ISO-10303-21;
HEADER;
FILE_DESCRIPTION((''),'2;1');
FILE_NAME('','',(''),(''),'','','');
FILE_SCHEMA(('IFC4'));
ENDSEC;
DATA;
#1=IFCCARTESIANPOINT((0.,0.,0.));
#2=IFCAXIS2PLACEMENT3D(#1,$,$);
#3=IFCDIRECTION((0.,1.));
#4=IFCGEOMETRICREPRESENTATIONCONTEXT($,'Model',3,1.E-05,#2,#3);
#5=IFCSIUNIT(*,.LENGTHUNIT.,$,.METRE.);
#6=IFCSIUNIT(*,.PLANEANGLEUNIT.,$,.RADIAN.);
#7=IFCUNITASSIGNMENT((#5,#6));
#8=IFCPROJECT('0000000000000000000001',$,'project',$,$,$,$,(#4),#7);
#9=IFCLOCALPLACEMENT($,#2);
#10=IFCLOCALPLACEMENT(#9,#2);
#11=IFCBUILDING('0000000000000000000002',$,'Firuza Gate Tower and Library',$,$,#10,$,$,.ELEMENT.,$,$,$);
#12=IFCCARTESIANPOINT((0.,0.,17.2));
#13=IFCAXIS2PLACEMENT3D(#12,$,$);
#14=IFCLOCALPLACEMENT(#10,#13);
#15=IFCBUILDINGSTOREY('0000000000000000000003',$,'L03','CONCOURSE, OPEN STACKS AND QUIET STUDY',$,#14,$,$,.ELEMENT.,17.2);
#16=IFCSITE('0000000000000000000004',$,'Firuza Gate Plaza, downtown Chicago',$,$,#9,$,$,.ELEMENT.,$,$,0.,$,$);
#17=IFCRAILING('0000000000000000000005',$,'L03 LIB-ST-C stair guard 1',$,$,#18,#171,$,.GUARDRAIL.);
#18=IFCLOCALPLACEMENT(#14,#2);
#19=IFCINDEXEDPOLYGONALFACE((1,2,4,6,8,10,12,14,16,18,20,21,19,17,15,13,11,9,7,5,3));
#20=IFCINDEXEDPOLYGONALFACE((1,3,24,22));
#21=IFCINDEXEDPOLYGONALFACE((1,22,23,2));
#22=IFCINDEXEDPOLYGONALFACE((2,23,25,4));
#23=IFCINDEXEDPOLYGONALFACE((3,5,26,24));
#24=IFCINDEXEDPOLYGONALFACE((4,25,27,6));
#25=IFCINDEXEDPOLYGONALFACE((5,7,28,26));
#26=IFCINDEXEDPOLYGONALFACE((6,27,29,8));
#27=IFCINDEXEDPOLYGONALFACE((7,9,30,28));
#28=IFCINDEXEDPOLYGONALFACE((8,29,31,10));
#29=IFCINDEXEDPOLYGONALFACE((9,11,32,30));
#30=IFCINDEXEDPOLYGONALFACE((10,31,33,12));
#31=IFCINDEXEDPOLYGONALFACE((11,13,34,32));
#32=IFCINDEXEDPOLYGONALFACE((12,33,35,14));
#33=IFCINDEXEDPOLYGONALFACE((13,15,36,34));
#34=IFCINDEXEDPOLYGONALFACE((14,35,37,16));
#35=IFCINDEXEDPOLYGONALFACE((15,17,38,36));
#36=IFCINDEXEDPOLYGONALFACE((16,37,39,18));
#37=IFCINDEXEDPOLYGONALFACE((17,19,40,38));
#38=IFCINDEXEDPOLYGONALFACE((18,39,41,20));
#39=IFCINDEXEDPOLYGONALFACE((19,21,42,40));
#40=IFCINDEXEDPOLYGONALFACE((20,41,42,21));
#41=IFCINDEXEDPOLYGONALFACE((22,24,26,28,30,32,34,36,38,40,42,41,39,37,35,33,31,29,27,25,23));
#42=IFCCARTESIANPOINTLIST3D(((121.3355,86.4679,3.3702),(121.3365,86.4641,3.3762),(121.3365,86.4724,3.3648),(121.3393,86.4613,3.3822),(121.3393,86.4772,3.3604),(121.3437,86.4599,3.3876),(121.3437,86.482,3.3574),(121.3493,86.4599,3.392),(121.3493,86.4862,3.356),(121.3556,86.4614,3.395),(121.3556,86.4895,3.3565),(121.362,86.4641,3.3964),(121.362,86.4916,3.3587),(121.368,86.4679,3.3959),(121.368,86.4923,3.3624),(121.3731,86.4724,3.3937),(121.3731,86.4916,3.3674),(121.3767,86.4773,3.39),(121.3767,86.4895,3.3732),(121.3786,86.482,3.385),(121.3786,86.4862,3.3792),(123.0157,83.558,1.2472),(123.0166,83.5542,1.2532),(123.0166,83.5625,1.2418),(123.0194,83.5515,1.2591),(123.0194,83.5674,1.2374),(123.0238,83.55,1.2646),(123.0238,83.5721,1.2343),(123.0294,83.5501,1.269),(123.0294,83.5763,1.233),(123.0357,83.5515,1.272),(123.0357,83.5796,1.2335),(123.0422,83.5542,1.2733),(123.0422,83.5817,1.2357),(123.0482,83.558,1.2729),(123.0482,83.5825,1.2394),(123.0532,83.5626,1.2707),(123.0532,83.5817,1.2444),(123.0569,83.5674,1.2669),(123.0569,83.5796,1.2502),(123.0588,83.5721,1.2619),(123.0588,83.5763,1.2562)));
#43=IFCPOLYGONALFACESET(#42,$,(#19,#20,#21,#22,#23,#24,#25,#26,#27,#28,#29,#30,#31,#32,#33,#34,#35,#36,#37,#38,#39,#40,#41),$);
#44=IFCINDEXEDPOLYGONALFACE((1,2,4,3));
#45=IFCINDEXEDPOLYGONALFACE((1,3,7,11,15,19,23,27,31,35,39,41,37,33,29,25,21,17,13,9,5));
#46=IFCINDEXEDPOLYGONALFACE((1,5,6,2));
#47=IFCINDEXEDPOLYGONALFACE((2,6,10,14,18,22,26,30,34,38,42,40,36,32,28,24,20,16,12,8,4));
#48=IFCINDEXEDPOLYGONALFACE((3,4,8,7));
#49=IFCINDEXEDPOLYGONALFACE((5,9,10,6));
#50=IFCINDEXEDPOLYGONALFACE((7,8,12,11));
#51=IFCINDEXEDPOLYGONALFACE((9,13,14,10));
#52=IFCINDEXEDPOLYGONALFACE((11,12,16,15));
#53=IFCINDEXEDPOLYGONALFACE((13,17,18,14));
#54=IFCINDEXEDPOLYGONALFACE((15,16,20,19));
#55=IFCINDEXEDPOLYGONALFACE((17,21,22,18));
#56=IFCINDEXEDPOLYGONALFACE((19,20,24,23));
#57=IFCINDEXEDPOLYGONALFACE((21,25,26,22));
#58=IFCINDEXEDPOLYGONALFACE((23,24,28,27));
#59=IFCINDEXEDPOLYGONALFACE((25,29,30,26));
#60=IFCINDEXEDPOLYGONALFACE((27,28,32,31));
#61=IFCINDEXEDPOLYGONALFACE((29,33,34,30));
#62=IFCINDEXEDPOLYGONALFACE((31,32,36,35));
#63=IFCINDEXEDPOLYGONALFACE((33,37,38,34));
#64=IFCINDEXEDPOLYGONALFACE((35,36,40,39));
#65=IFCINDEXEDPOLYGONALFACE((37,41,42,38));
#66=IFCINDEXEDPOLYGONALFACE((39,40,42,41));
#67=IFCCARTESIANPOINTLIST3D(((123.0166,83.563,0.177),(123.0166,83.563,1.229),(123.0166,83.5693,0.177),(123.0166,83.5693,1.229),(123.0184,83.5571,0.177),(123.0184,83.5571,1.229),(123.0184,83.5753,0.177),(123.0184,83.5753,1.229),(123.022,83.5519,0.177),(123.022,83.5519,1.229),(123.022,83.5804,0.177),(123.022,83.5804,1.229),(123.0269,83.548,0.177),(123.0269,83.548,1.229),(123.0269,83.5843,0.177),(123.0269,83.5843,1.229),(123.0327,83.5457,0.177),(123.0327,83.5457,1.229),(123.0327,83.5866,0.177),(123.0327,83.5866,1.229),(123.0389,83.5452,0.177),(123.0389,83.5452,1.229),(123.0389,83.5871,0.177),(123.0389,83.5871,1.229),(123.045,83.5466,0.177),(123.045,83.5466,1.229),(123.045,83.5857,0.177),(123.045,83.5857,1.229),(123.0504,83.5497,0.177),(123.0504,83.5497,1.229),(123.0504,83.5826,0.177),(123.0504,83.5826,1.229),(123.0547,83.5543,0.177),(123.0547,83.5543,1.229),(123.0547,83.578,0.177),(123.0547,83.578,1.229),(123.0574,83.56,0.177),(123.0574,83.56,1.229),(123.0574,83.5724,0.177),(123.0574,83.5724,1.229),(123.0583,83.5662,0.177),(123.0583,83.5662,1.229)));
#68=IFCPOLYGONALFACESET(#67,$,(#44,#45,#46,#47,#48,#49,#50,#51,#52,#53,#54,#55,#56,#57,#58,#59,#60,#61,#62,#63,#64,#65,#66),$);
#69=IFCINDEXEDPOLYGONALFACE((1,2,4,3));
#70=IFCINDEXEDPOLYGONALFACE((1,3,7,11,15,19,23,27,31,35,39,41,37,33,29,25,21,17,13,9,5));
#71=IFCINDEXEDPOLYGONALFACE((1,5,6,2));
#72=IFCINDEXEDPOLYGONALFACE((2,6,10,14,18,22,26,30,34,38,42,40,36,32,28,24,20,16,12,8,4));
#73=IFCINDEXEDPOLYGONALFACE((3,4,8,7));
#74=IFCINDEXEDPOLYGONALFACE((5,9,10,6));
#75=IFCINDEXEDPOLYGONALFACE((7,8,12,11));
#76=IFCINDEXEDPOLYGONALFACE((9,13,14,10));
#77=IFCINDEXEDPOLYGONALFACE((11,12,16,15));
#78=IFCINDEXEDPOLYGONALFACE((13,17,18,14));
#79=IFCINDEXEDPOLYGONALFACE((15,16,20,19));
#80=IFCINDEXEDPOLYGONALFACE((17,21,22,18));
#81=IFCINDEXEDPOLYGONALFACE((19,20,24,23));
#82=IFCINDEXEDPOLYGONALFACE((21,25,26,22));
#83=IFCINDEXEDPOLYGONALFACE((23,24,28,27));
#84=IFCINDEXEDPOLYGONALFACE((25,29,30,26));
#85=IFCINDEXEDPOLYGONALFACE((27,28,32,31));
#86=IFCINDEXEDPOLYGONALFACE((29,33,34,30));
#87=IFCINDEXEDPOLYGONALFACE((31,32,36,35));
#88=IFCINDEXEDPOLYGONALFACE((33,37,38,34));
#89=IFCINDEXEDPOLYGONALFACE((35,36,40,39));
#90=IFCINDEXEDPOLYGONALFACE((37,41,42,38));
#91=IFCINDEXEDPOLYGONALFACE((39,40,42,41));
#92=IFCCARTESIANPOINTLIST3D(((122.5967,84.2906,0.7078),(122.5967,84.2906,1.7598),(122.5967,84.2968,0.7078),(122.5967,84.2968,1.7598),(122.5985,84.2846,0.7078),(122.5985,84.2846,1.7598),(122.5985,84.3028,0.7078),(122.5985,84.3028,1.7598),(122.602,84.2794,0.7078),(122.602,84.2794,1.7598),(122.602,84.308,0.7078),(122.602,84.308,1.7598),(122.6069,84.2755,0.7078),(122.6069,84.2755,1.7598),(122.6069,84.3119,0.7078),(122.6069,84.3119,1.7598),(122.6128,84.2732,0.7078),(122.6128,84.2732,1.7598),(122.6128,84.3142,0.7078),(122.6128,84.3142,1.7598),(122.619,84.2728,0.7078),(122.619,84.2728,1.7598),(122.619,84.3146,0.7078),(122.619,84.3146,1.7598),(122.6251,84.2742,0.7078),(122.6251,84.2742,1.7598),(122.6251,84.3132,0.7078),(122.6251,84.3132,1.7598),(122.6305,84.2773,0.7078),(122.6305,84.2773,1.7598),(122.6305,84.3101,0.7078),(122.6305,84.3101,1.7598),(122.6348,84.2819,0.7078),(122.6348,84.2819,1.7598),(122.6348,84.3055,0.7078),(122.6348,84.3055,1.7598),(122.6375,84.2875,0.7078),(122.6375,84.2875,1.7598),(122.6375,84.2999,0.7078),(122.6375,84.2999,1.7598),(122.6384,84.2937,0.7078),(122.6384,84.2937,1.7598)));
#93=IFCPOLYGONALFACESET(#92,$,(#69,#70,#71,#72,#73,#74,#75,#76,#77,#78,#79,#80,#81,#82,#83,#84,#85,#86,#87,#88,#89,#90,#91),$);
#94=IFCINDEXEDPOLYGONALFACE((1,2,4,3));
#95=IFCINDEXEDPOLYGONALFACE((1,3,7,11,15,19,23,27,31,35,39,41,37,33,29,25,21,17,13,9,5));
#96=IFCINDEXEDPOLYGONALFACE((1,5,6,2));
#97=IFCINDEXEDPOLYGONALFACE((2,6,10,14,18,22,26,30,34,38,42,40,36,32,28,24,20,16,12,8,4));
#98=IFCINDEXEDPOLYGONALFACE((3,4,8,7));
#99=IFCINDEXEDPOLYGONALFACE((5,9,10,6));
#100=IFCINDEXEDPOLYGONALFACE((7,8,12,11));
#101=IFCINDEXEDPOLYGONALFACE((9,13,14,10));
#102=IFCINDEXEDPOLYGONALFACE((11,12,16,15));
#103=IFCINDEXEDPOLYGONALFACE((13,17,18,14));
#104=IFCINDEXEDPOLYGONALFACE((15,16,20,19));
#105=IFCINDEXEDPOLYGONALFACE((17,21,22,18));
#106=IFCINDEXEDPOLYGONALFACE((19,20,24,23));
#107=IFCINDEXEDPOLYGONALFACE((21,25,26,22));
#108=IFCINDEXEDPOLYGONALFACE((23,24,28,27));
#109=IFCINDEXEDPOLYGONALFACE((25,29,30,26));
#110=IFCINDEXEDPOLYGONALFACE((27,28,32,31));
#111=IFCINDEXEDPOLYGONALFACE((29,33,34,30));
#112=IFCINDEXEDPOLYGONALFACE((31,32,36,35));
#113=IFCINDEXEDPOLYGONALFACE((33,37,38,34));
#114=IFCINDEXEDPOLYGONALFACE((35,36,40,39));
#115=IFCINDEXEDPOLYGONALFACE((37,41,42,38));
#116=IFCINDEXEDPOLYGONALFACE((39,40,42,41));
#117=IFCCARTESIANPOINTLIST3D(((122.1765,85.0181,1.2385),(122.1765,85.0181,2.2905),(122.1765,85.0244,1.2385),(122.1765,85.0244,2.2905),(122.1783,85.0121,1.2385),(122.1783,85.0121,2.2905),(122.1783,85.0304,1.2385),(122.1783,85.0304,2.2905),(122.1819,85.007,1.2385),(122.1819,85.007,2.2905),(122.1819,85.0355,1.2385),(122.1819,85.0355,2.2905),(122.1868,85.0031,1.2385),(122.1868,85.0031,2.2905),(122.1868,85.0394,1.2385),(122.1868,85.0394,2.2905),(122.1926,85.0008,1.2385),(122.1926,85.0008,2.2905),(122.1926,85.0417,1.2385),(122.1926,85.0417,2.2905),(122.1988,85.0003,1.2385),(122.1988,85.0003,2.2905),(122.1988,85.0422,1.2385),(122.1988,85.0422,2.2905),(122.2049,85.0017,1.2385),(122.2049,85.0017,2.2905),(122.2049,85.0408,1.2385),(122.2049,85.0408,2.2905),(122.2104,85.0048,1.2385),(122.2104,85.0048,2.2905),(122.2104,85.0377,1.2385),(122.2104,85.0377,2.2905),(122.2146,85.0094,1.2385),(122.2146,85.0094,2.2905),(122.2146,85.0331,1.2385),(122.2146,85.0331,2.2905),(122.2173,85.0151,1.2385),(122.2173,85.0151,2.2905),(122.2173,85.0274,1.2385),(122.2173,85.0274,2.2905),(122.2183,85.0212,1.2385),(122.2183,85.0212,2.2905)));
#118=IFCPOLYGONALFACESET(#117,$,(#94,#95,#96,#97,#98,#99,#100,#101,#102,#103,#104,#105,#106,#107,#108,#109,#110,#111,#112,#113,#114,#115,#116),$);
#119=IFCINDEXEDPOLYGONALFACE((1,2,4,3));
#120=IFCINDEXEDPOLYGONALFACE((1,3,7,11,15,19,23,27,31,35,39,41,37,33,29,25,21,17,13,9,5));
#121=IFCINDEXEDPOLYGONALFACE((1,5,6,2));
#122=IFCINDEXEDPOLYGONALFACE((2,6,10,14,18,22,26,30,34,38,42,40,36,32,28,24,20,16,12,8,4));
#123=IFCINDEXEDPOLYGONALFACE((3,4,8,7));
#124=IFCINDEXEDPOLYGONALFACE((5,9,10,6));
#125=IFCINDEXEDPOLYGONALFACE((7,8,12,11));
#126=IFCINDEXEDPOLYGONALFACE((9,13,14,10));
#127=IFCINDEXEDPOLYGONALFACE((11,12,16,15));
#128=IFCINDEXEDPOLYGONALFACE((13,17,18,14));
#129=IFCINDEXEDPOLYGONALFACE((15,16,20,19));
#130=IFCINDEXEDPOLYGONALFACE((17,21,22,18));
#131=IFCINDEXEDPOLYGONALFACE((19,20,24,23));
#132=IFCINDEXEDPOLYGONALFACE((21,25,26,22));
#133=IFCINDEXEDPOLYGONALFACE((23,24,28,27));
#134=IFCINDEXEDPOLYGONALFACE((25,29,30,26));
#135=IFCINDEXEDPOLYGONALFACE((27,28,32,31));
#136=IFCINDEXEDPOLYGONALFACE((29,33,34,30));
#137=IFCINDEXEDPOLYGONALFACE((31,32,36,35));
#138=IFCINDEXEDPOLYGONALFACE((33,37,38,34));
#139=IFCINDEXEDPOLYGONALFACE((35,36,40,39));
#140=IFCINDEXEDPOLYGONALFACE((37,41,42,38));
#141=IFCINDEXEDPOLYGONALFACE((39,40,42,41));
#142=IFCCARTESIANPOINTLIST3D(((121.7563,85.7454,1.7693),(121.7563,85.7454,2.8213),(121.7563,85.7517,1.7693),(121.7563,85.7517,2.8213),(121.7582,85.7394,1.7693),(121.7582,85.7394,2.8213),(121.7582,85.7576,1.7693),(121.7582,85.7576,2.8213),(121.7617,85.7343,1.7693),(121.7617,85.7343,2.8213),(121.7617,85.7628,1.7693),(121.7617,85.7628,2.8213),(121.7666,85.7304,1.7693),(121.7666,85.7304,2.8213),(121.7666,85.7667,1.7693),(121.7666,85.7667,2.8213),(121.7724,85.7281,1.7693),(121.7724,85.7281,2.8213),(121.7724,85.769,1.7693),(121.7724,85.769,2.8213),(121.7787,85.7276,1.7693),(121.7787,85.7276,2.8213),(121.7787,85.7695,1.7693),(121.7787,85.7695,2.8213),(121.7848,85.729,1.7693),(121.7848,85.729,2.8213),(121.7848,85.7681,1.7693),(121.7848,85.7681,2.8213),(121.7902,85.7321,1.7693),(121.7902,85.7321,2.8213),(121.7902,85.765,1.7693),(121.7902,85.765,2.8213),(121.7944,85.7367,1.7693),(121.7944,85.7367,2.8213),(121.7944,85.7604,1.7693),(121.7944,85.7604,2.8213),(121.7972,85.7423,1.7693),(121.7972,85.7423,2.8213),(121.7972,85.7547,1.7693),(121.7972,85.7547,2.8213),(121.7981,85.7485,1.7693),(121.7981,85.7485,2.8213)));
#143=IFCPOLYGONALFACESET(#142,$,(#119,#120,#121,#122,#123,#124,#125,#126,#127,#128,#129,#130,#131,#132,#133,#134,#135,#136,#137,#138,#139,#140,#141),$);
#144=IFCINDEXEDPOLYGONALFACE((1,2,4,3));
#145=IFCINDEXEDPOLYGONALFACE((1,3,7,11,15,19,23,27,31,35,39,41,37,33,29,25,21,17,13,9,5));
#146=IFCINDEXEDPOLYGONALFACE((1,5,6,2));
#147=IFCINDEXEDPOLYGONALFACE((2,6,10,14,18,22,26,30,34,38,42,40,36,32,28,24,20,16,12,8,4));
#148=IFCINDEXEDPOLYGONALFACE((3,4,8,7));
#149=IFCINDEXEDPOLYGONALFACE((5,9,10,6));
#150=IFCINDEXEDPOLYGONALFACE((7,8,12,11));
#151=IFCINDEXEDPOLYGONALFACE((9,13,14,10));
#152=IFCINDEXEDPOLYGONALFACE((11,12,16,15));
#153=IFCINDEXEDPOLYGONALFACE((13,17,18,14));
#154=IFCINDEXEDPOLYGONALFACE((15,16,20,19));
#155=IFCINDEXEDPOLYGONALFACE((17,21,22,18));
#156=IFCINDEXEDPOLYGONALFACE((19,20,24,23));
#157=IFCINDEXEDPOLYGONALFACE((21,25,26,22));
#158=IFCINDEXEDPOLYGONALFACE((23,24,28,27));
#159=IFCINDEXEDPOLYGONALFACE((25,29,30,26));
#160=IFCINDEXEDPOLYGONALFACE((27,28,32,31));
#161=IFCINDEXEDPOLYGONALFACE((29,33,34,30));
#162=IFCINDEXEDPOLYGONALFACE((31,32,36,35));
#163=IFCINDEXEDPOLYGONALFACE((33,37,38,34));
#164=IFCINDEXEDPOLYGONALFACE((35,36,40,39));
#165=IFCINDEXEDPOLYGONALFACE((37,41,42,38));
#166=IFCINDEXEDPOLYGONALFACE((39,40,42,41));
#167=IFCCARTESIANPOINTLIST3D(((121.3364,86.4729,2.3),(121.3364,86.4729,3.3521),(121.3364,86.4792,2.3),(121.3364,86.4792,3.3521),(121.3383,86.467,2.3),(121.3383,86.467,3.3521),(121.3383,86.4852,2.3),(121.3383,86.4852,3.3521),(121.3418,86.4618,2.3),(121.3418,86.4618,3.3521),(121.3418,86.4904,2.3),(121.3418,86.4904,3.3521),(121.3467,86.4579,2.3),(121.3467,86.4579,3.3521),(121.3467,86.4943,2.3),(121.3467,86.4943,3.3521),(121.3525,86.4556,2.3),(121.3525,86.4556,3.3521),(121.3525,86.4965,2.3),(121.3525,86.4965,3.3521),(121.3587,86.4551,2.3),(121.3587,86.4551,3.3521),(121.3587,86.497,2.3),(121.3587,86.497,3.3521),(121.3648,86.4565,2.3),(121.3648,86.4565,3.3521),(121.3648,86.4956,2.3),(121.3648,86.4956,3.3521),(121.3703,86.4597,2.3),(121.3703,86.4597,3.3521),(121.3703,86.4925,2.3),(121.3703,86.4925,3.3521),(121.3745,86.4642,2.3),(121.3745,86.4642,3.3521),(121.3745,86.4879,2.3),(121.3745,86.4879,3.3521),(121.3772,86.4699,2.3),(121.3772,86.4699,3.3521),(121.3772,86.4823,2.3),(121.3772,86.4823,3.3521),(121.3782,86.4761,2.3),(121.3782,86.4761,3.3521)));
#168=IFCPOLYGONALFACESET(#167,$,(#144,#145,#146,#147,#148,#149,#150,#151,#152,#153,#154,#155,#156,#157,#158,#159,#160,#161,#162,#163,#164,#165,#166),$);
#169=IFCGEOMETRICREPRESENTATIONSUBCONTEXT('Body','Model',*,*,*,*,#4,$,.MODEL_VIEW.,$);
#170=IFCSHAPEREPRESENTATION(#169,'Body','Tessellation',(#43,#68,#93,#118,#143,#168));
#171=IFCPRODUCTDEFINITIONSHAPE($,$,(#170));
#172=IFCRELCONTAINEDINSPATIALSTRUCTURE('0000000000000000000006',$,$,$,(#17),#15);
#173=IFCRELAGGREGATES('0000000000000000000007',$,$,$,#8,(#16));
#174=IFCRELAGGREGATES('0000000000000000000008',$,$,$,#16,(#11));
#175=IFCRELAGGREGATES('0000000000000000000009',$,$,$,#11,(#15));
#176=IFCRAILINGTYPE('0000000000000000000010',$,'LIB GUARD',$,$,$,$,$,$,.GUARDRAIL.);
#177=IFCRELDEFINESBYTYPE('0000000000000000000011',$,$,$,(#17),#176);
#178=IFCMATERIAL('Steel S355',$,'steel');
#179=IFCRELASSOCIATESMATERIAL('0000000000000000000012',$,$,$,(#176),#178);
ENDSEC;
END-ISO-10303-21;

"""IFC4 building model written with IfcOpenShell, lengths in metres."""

from ifc_helpers import new_model, si_unit, direction, frame, origin, origin_2d, place, context, subcontext, project, spatial, circle, extrude, material, type_object, element, save


model = new_model("IFC4")

# Units and contexts
model_context = context("Model", 3, precision=1e-05, world=origin(), true_north=direction((0.0, 1.0)))
body_context = subcontext(model_context, "Body", "Model", "MODEL_VIEW")
ifc_project = project(units=[si_unit("LENGTHUNIT", "METRE"), si_unit("PLANEANGLEUNIT", "RADIAN")], contexts=[model_context])

# Site, building, storey
site_placement = place(None, origin())
site = spatial("IfcSite", under=ifc_project, at=site_placement, Name="Firuza Gate Plaza, downtown Chicago", CompositionType="ELEMENT", RefElevation=0.0)
building_placement = place(site_placement, origin())
building = spatial("IfcBuilding", under=site, at=building_placement, Name="Firuza Gate Tower and Library", CompositionType="ELEMENT")
storey_placement = place(building_placement, frame((0.0, 0.0, 17.2)))
storey = spatial("IfcBuildingStorey", under=building, at=storey_placement, Name="L03", Description="CONCOURSE, OPEN STACKS AND QUIET STUDY", CompositionType="ELEMENT", Elevation=17.2)

# Railing
ifc_material_1 = material(Name="Steel S355", Category="steel")
railing_type_1 = type_object("IfcRailingType", Name="LIB GUARD", PredefinedType="GUARDRAIL", material=ifc_material_1)
railing_1_placement = place(storey_placement, frame((123.0374, 83.5662, 0.177)))
element("IfcRailing", 1, at=railing_1_placement, inside=storey, type_object=railing_type_1, Name="L03 LIB-ST-C stair guard 1", PredefinedType="GUARDRAIL", context=body_context, shape_type="SweptSolid", body=[
    extrude(circle(Radius=0.0239, at=origin_2d()), frame((0.0, 0.0, 1.0762), z_axis=(-0.422722, 0.732116, 0.534146), x_axis=(-0.866008, -0.500031, 0.0)), (0.0, 0.0, 1.0), 3.9746),
    extrude(circle(Radius=0.021, at=origin_2d()), origin(), (0.0, 0.0, 1.0), 1.052),
    extrude(circle(Radius=0.021, at=origin_2d()), frame((-0.4199, 0.7275, 0.5308)), (0.0, 0.0, 1.0), 1.052),
    extrude(circle(Radius=0.021, at=origin_2d()), frame((-0.8401, 1.4551, 1.0615)), (0.0, 0.0, 1.0), 1.052),
    extrude(circle(Radius=0.021, at=origin_2d()), frame((-1.2603, 2.1824, 1.5923)), (0.0, 0.0, 1.0), 1.052),
    extrude(circle(Radius=0.021, at=origin_2d()), frame((-1.6802, 2.9099, 2.123)), (0.0, 0.0, 1.0), 1.052),
])

save(model, "model.ifc")
